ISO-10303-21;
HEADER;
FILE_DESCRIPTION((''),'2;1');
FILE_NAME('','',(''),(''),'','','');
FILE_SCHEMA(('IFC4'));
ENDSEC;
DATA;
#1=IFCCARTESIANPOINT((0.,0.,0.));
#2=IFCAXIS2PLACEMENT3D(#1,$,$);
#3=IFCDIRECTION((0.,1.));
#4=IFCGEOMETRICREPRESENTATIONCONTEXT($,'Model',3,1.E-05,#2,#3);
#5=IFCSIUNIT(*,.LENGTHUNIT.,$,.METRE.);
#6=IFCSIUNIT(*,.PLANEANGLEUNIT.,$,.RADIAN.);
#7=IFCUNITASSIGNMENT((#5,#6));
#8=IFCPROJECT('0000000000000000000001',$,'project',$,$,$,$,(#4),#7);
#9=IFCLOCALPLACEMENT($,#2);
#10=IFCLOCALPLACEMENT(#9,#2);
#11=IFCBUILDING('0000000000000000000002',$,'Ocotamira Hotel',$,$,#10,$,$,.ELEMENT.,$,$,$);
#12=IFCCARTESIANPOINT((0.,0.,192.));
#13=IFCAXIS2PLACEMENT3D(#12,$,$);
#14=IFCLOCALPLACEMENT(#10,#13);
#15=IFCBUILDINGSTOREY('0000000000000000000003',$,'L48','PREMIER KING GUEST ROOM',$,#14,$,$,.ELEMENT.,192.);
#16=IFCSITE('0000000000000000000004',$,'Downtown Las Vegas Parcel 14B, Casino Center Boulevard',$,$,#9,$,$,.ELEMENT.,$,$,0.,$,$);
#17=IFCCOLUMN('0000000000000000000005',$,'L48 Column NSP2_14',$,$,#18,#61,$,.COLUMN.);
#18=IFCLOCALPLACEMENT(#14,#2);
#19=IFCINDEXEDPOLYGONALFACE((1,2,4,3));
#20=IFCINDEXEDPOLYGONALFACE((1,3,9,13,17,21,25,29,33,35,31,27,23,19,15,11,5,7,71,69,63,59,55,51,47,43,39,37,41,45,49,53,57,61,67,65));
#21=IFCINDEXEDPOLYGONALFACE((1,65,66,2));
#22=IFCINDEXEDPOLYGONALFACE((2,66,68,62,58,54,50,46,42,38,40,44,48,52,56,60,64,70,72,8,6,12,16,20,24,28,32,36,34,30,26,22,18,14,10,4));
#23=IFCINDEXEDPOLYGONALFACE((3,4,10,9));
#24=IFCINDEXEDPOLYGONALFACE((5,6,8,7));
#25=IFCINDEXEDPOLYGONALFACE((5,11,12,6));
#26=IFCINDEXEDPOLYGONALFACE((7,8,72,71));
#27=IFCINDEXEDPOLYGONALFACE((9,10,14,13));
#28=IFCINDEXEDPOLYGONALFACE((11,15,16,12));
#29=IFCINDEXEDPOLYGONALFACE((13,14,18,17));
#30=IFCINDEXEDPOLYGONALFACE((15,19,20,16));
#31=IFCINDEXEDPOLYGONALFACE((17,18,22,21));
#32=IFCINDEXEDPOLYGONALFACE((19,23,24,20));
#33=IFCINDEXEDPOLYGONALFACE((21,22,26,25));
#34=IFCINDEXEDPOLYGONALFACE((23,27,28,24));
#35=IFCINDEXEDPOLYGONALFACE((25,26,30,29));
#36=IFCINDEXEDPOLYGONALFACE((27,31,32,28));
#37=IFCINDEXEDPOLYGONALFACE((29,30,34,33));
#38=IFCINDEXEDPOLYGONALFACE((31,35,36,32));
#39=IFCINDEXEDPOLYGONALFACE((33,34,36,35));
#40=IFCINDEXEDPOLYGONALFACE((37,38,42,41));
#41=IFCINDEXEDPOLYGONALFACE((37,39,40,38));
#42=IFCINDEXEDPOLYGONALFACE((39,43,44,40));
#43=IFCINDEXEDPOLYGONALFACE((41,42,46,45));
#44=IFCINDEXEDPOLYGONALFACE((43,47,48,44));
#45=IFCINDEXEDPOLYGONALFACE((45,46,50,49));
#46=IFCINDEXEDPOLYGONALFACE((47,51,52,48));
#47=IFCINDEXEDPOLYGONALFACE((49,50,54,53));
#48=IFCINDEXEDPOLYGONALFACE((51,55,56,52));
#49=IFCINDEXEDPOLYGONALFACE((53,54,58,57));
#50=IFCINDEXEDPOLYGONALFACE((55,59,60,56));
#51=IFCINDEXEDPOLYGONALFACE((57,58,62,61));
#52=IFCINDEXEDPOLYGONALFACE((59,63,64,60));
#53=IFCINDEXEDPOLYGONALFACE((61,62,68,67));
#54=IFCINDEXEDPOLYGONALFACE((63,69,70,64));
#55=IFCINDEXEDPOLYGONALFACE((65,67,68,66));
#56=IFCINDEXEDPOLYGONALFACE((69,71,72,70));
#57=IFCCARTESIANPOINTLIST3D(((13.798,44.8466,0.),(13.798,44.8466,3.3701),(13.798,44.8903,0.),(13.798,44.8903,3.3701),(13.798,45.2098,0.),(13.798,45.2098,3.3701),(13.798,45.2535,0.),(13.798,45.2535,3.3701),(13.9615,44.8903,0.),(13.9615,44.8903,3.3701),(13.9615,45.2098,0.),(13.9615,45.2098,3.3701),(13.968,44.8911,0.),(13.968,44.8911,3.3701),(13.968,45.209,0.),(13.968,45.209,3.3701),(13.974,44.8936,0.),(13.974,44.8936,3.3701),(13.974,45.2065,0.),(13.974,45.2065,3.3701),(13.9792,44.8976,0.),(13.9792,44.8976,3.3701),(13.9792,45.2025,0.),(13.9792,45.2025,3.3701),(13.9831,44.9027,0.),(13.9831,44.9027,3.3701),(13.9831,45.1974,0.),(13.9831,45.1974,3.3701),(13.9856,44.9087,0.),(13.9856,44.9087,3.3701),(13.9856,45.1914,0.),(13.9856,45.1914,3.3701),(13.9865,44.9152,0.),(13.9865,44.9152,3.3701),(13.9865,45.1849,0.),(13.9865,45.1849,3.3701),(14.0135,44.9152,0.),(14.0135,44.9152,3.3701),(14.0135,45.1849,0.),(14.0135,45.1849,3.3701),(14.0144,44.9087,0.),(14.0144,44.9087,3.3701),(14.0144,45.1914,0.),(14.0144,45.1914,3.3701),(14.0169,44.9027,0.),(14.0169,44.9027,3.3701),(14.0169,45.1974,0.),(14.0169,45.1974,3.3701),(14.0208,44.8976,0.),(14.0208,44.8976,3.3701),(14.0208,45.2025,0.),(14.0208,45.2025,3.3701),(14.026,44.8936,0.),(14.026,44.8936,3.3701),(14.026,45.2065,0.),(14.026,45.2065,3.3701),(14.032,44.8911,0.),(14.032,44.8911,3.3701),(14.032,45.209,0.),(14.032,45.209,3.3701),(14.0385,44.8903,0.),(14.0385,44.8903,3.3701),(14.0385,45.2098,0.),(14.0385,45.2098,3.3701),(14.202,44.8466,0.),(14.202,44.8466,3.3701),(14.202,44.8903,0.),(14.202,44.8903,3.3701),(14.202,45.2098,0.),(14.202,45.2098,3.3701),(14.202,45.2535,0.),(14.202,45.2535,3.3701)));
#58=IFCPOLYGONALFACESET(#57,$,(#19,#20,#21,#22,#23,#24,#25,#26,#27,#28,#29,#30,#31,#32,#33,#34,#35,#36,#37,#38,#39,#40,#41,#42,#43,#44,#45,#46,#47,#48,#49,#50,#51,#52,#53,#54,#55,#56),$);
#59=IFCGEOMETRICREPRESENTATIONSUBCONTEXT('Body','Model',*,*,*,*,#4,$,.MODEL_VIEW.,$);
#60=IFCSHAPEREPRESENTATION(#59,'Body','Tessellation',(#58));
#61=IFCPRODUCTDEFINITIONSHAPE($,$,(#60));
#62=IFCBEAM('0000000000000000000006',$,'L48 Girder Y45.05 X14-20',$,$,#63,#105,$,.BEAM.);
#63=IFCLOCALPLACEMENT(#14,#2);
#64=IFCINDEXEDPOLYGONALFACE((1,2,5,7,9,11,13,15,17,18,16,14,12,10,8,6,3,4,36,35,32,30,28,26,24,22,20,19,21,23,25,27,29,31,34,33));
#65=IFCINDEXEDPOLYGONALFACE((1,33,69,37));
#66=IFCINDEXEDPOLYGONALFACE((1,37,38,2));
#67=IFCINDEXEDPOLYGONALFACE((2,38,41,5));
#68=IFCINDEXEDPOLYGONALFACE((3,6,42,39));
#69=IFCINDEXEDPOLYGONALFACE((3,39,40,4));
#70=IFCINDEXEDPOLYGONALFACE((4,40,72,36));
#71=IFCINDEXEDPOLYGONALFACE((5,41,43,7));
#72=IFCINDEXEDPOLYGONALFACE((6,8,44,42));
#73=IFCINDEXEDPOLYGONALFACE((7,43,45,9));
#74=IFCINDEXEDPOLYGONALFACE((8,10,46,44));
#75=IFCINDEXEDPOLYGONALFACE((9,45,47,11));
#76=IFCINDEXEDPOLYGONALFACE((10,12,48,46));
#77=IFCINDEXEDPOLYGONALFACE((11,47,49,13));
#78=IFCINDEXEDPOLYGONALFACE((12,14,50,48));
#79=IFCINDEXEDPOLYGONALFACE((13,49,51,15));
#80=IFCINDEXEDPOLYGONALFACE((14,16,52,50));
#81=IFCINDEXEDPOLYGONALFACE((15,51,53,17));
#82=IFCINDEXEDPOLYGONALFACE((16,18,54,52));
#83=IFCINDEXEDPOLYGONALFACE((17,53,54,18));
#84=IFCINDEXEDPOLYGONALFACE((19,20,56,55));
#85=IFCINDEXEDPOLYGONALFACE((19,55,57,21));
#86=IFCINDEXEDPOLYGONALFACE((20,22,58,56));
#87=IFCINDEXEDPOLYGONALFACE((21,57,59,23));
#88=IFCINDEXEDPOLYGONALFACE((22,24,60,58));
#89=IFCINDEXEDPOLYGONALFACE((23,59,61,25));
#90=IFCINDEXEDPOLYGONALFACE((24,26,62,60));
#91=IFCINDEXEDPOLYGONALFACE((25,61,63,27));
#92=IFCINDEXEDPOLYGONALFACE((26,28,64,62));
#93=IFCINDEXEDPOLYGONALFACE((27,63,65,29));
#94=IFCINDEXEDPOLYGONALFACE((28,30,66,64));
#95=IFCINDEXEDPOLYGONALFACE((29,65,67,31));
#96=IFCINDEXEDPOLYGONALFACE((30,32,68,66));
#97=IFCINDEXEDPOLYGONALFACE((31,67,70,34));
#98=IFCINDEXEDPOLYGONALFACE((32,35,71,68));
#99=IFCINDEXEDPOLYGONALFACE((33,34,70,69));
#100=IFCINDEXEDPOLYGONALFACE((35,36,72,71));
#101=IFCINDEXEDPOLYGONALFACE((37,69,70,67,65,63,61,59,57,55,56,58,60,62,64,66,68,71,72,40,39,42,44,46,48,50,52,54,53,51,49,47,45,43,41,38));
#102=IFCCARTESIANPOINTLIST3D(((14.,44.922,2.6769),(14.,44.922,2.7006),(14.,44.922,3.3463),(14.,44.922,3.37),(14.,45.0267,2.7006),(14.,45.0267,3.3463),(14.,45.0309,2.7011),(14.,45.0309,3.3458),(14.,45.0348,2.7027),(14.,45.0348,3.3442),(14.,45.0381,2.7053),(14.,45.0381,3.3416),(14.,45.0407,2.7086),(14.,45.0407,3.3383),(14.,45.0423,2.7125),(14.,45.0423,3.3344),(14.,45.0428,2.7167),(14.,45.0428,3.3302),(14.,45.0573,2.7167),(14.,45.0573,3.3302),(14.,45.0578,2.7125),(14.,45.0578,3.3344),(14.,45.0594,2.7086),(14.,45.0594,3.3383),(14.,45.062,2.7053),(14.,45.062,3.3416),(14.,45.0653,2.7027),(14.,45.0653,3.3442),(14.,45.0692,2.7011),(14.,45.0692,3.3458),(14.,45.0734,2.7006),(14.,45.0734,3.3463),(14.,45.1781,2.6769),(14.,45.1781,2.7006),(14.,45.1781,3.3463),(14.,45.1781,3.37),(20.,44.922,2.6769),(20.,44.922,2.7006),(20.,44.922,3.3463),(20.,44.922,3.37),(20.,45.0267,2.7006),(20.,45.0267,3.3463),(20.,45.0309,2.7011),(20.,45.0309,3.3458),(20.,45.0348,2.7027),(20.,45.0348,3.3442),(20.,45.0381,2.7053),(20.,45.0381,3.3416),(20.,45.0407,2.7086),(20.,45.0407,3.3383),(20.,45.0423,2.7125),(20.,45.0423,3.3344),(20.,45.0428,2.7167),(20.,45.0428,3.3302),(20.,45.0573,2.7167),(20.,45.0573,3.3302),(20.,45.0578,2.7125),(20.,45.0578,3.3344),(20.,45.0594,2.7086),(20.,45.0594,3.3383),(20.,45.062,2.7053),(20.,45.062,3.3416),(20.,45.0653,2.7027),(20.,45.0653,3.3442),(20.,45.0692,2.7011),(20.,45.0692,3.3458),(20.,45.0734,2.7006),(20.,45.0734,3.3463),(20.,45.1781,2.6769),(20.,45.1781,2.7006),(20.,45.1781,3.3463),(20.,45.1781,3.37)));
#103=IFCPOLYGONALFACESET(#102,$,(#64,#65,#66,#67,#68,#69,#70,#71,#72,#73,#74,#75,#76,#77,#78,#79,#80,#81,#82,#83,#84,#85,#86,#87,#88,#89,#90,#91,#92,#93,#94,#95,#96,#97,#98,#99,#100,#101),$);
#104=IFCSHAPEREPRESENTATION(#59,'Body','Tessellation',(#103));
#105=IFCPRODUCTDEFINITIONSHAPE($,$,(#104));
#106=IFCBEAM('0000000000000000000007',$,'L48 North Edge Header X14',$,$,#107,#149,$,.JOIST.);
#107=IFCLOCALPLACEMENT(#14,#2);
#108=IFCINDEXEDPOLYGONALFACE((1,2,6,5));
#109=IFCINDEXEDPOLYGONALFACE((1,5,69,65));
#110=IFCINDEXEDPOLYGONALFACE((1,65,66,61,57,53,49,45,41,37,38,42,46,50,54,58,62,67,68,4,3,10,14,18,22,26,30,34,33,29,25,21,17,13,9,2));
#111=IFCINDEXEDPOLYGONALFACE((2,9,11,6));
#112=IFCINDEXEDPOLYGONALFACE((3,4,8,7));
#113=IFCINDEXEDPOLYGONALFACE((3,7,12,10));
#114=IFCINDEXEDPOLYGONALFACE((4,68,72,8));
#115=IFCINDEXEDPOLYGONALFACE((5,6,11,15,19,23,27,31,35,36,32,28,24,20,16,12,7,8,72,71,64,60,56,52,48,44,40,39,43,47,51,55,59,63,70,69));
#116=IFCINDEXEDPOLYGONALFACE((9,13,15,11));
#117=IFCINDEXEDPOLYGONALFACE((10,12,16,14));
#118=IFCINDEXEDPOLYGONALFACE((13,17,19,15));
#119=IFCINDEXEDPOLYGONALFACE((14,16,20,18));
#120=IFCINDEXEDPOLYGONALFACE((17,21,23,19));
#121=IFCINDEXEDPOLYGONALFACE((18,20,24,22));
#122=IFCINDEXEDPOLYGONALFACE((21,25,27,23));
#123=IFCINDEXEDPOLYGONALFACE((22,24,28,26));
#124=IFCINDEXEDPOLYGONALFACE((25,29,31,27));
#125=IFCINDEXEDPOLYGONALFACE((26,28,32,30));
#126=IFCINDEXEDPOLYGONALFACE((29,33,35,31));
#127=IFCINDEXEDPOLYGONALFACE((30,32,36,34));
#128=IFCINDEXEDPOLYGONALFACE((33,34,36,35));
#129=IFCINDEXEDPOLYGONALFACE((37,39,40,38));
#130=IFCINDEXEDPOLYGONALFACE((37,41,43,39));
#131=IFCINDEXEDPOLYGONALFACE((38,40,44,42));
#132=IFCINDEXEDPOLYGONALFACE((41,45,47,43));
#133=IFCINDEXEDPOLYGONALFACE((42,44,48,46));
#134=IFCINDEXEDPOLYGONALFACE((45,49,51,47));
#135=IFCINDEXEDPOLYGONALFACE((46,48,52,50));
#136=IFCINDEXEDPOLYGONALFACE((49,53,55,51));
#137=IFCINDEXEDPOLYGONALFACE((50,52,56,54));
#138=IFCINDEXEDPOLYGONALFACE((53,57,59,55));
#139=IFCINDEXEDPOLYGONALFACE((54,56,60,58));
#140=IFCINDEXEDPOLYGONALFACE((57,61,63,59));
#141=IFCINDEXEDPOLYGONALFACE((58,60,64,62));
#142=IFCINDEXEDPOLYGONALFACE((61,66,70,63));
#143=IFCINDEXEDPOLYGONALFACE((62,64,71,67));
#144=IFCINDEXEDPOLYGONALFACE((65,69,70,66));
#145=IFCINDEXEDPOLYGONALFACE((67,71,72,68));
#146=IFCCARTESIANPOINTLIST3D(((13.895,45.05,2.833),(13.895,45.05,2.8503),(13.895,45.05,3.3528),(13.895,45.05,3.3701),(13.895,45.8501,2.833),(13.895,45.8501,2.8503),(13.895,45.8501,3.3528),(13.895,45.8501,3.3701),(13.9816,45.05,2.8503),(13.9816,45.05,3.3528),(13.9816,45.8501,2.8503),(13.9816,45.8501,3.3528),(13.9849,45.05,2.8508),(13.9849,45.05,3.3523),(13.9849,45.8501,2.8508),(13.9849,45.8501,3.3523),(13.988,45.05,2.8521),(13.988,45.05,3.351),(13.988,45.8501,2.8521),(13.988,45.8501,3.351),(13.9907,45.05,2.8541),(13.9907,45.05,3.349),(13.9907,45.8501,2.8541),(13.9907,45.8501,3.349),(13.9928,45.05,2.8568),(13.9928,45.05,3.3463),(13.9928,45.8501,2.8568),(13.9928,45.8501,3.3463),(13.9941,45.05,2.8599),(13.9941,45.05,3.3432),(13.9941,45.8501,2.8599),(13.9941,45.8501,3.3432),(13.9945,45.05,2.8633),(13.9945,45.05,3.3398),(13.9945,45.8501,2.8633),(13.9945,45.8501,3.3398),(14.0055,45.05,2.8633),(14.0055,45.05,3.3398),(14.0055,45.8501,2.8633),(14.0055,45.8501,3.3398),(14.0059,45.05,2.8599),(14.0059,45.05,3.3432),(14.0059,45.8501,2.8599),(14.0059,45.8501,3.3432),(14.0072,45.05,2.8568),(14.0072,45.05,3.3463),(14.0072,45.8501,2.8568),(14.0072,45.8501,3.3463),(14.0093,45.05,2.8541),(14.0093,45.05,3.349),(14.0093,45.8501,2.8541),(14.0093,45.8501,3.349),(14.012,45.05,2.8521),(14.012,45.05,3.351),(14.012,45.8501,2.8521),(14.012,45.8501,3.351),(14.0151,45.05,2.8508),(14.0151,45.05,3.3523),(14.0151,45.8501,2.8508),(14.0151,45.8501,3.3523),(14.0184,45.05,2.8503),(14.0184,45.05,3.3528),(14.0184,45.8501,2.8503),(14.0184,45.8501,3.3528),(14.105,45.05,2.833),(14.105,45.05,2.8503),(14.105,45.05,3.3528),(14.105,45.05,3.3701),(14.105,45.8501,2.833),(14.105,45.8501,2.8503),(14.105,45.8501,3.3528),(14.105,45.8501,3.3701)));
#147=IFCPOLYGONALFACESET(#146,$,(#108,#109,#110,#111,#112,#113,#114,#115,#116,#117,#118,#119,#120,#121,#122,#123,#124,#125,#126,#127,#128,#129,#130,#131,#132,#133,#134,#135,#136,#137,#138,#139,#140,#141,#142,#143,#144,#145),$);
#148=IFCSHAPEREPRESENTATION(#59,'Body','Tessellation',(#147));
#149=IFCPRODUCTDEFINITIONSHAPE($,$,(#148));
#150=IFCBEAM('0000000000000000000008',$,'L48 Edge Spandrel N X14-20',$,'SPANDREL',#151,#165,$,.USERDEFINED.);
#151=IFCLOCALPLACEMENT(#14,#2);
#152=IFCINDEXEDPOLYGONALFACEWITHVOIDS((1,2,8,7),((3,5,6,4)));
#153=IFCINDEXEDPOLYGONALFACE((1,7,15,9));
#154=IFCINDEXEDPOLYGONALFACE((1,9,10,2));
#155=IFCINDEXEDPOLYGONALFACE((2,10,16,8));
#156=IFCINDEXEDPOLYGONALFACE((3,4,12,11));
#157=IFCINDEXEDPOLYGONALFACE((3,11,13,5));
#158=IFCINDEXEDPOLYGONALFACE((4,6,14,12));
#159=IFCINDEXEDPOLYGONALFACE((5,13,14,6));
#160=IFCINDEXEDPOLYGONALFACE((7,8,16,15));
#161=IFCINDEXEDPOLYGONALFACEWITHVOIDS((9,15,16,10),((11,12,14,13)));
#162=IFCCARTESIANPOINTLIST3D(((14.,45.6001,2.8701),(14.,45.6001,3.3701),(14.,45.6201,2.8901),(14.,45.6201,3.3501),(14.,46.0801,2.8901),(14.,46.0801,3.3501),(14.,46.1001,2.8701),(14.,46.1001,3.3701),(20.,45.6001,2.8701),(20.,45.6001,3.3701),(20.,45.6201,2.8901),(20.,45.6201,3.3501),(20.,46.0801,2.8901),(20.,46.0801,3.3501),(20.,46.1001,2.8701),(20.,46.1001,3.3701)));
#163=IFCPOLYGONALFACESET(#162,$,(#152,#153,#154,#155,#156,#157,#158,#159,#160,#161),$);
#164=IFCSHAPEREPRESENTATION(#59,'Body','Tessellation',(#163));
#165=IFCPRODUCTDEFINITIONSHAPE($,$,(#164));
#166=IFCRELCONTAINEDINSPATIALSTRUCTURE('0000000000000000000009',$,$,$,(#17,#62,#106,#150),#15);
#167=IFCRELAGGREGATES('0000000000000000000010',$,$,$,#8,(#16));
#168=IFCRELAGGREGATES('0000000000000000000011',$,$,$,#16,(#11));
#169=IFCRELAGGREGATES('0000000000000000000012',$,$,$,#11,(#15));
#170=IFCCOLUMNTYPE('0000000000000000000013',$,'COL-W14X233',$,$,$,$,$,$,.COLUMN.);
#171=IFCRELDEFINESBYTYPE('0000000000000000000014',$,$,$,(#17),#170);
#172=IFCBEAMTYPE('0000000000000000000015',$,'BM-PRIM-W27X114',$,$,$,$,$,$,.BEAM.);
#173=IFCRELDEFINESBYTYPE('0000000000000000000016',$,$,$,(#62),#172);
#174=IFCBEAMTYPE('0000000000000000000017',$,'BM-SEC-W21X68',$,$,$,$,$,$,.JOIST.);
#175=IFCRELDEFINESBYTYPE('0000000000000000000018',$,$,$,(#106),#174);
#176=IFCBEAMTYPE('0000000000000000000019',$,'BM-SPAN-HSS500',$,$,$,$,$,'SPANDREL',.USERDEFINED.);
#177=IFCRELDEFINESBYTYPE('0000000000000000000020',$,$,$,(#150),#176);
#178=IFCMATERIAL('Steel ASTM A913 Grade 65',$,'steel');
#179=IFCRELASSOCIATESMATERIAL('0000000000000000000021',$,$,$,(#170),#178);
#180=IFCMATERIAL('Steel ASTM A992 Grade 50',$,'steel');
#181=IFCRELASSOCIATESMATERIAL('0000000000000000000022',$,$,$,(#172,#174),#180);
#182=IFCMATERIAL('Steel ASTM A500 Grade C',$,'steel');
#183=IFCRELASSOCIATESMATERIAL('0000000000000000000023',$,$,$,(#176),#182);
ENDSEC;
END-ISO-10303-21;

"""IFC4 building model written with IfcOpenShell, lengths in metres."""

from ifc_helpers import new_model, si_unit, direction, frame, origin, origin_2d, place, context, subcontext, project, spatial, hollow_rectangle, i_section, extrude, source, transform, mapped, material, material_profile, profile_set, type_object, element, save


model = new_model("IFC4")

# Units and contexts
model_context = context("Model", 3, precision=1e-05, world=origin(), true_north=direction((0.0, 1.0)))
body_context = subcontext(model_context, "Body", "Model", "MODEL_VIEW")
ifc_project = project(units=[si_unit("LENGTHUNIT", "METRE"), si_unit("PLANEANGLEUNIT", "RADIAN")], contexts=[model_context])

# Site, building, storey
site_placement = place(None, origin())
site = spatial("IfcSite", under=ifc_project, at=site_placement, Name="Downtown Las Vegas Parcel 14B, Casino Center Boulevard", CompositionType="ELEMENT", RefElevation=0.0)
building_placement = place(site_placement, origin())
building = spatial("IfcBuilding", under=site, at=building_placement, Name="Ocotamira Hotel", CompositionType="ELEMENT")
storey_placement = place(building_placement, frame((0.0, 0.0, 192.0)))
storey = spatial("IfcBuildingStorey", under=building, at=storey_placement, Name="L48", Description="PREMIER KING GUEST ROOM", CompositionType="ELEMENT", Elevation=192.0)

# Column
ifc_material_1 = material(Name="Steel ASTM A913 Grade 65", Category="steel")
ifc_material_profile_1 = material_profile(ifc_material_1, i_section(OverallWidth=0.4041, OverallDepth=0.407, WebThickness=0.0271, FlangeThickness=0.0437, FilletRadius=0.0249, at=origin_2d()), Name="W14X233")
ifc_profile_set_1 = profile_set([ifc_material_profile_1], Name="Steel ASTM A913 Grade 65")
column_type = type_object("IfcColumnType", Name="COL-W14X233", PredefinedType="COLUMN", material=ifc_profile_set_1)
shared_shape_1 = source(origin(), body_context, "Body", "SweptSolid", [
    extrude(i_section(OverallWidth=0.4041, OverallDepth=0.407, WebThickness=0.0271, FlangeThickness=0.0437, FilletRadius=0.0249, at=origin_2d()), origin(), (0.0, 0.0, 1.0), 3.3701),
])
column_placement = place(storey_placement, frame((14.0, 45.05, 0.0), z_axis=(0.0, 0.0, 1.0), x_axis=(1.0, 0.0, 0.0)))
element("IfcColumn", 1, at=column_placement, inside=storey, type_object=column_type, Name="L48 Column NSP2_14", PredefinedType="COLUMN", context=body_context, shape_type="MappedRepresentation", body=[
    mapped(shared_shape_1, transform((0.0, 0.0, 0.0), scale=1.0)),
])

# Beams
ifc_material_2 = material(Name="Steel ASTM A992 Grade 50", Category="steel")
ifc_material_profile_2 = material_profile(ifc_material_2, i_section(OverallWidth=0.2561, OverallDepth=0.6931, WebThickness=0.0144, FlangeThickness=0.0237, FilletRadius=0.0161, at=origin_2d()), Name="W27X114")
ifc_profile_set_2 = profile_set([ifc_material_profile_2], Name="Steel ASTM A992 Grade 50")
beam_type_1 = type_object("IfcBeamType", Name="BM-PRIM-W27X114", PredefinedType="BEAM", material=ifc_profile_set_2)
shared_shape_2 = source(origin(), body_context, "Body", "SweptSolid", [
    extrude(i_section(OverallWidth=0.2561, OverallDepth=0.6931, WebThickness=0.0144, FlangeThickness=0.0237, FilletRadius=0.0161, at=origin_2d()), origin(), (0.0, 0.0, 1.0), 6.0),
])
beam_1_placement = place(storey_placement, frame((14.0, 45.05, 3.0234), z_axis=(1.0, 0.0, 0.0), x_axis=(0.0, 1.0, 0.0)))
element("IfcBeam", 2, at=beam_1_placement, inside=storey, type_object=beam_type_1, Name="L48 Girder Y45.05 X14-20", PredefinedType="BEAM", context=body_context, shape_type="MappedRepresentation", body=[
    mapped(shared_shape_2, transform((0.0, 0.0, 0.0), scale=1.0)),
])
ifc_material_profile_3 = material_profile(ifc_material_2, i_section(OverallWidth=0.21, OverallDepth=0.5371, WebThickness=0.011, FlangeThickness=0.0173, FilletRadius=0.0129, at=origin_2d()), Name="W21X68")
ifc_profile_set_3 = profile_set([ifc_material_profile_3], Name="Steel ASTM A992 Grade 50")
beam_type_2 = type_object("IfcBeamType", Name="BM-SEC-W21X68", PredefinedType="JOIST", material=ifc_profile_set_3)
shared_shape_3 = source(origin(), body_context, "Body", "SweptSolid", [
    extrude(i_section(OverallWidth=0.21, OverallDepth=0.5371, WebThickness=0.011, FlangeThickness=0.0173, FilletRadius=0.0129, at=origin_2d()), origin(), (0.0, 0.0, 1.0), 0.8),
])
beam_2_placement = place(storey_placement, frame((14.0, 45.05, 3.1016), z_axis=(0.0, 1.0, 0.0), x_axis=(-1.0, 0.0, 0.0)))
element("IfcBeam", 3, at=beam_2_placement, inside=storey, type_object=beam_type_2, Name="L48 North Edge Header X14", PredefinedType="JOIST", context=body_context, shape_type="MappedRepresentation", body=[
    mapped(shared_shape_3, transform((0.0, 0.0, 0.0), scale=1.0)),
])
ifc_material_3 = material(Name="Steel ASTM A500 Grade C", Category="steel")
ifc_material_profile_4 = material_profile(ifc_material_3, hollow_rectangle(XDim=0.5, YDim=0.5, WallThickness=0.02, at=origin_2d()), Name="HSS500X500X20")
ifc_profile_set_4 = profile_set([ifc_material_profile_4], Name="Steel ASTM A500 Grade C")
beam_type_3 = type_object("IfcBeamType", Name="BM-SPAN-HSS500", ElementType="SPANDREL", PredefinedType="USERDEFINED", material=ifc_profile_set_4)
shared_shape_4 = source(origin(), body_context, "Body", "SweptSolid", [
    extrude(hollow_rectangle(XDim=0.5, YDim=0.5, WallThickness=0.02, at=origin_2d()), origin(), (0.0, 0.0, 1.0), 6.0),
])
beam_3_placement = place(storey_placement, frame((14.0, 45.8501, 3.1201), z_axis=(1.0, 0.0, 0.0), x_axis=(0.0, 1.0, 0.0)))
element("IfcBeam", 4, at=beam_3_placement, inside=storey, type_object=beam_type_3, Name="L48 Edge Spandrel N X14-20", ObjectType="SPANDREL", PredefinedType="USERDEFINED", context=body_context, shape_type="MappedRepresentation", body=[
    mapped(shared_shape_4, transform((0.0, 0.0, 0.0), scale=1.0)),
])

save(model, "model.ifc")
